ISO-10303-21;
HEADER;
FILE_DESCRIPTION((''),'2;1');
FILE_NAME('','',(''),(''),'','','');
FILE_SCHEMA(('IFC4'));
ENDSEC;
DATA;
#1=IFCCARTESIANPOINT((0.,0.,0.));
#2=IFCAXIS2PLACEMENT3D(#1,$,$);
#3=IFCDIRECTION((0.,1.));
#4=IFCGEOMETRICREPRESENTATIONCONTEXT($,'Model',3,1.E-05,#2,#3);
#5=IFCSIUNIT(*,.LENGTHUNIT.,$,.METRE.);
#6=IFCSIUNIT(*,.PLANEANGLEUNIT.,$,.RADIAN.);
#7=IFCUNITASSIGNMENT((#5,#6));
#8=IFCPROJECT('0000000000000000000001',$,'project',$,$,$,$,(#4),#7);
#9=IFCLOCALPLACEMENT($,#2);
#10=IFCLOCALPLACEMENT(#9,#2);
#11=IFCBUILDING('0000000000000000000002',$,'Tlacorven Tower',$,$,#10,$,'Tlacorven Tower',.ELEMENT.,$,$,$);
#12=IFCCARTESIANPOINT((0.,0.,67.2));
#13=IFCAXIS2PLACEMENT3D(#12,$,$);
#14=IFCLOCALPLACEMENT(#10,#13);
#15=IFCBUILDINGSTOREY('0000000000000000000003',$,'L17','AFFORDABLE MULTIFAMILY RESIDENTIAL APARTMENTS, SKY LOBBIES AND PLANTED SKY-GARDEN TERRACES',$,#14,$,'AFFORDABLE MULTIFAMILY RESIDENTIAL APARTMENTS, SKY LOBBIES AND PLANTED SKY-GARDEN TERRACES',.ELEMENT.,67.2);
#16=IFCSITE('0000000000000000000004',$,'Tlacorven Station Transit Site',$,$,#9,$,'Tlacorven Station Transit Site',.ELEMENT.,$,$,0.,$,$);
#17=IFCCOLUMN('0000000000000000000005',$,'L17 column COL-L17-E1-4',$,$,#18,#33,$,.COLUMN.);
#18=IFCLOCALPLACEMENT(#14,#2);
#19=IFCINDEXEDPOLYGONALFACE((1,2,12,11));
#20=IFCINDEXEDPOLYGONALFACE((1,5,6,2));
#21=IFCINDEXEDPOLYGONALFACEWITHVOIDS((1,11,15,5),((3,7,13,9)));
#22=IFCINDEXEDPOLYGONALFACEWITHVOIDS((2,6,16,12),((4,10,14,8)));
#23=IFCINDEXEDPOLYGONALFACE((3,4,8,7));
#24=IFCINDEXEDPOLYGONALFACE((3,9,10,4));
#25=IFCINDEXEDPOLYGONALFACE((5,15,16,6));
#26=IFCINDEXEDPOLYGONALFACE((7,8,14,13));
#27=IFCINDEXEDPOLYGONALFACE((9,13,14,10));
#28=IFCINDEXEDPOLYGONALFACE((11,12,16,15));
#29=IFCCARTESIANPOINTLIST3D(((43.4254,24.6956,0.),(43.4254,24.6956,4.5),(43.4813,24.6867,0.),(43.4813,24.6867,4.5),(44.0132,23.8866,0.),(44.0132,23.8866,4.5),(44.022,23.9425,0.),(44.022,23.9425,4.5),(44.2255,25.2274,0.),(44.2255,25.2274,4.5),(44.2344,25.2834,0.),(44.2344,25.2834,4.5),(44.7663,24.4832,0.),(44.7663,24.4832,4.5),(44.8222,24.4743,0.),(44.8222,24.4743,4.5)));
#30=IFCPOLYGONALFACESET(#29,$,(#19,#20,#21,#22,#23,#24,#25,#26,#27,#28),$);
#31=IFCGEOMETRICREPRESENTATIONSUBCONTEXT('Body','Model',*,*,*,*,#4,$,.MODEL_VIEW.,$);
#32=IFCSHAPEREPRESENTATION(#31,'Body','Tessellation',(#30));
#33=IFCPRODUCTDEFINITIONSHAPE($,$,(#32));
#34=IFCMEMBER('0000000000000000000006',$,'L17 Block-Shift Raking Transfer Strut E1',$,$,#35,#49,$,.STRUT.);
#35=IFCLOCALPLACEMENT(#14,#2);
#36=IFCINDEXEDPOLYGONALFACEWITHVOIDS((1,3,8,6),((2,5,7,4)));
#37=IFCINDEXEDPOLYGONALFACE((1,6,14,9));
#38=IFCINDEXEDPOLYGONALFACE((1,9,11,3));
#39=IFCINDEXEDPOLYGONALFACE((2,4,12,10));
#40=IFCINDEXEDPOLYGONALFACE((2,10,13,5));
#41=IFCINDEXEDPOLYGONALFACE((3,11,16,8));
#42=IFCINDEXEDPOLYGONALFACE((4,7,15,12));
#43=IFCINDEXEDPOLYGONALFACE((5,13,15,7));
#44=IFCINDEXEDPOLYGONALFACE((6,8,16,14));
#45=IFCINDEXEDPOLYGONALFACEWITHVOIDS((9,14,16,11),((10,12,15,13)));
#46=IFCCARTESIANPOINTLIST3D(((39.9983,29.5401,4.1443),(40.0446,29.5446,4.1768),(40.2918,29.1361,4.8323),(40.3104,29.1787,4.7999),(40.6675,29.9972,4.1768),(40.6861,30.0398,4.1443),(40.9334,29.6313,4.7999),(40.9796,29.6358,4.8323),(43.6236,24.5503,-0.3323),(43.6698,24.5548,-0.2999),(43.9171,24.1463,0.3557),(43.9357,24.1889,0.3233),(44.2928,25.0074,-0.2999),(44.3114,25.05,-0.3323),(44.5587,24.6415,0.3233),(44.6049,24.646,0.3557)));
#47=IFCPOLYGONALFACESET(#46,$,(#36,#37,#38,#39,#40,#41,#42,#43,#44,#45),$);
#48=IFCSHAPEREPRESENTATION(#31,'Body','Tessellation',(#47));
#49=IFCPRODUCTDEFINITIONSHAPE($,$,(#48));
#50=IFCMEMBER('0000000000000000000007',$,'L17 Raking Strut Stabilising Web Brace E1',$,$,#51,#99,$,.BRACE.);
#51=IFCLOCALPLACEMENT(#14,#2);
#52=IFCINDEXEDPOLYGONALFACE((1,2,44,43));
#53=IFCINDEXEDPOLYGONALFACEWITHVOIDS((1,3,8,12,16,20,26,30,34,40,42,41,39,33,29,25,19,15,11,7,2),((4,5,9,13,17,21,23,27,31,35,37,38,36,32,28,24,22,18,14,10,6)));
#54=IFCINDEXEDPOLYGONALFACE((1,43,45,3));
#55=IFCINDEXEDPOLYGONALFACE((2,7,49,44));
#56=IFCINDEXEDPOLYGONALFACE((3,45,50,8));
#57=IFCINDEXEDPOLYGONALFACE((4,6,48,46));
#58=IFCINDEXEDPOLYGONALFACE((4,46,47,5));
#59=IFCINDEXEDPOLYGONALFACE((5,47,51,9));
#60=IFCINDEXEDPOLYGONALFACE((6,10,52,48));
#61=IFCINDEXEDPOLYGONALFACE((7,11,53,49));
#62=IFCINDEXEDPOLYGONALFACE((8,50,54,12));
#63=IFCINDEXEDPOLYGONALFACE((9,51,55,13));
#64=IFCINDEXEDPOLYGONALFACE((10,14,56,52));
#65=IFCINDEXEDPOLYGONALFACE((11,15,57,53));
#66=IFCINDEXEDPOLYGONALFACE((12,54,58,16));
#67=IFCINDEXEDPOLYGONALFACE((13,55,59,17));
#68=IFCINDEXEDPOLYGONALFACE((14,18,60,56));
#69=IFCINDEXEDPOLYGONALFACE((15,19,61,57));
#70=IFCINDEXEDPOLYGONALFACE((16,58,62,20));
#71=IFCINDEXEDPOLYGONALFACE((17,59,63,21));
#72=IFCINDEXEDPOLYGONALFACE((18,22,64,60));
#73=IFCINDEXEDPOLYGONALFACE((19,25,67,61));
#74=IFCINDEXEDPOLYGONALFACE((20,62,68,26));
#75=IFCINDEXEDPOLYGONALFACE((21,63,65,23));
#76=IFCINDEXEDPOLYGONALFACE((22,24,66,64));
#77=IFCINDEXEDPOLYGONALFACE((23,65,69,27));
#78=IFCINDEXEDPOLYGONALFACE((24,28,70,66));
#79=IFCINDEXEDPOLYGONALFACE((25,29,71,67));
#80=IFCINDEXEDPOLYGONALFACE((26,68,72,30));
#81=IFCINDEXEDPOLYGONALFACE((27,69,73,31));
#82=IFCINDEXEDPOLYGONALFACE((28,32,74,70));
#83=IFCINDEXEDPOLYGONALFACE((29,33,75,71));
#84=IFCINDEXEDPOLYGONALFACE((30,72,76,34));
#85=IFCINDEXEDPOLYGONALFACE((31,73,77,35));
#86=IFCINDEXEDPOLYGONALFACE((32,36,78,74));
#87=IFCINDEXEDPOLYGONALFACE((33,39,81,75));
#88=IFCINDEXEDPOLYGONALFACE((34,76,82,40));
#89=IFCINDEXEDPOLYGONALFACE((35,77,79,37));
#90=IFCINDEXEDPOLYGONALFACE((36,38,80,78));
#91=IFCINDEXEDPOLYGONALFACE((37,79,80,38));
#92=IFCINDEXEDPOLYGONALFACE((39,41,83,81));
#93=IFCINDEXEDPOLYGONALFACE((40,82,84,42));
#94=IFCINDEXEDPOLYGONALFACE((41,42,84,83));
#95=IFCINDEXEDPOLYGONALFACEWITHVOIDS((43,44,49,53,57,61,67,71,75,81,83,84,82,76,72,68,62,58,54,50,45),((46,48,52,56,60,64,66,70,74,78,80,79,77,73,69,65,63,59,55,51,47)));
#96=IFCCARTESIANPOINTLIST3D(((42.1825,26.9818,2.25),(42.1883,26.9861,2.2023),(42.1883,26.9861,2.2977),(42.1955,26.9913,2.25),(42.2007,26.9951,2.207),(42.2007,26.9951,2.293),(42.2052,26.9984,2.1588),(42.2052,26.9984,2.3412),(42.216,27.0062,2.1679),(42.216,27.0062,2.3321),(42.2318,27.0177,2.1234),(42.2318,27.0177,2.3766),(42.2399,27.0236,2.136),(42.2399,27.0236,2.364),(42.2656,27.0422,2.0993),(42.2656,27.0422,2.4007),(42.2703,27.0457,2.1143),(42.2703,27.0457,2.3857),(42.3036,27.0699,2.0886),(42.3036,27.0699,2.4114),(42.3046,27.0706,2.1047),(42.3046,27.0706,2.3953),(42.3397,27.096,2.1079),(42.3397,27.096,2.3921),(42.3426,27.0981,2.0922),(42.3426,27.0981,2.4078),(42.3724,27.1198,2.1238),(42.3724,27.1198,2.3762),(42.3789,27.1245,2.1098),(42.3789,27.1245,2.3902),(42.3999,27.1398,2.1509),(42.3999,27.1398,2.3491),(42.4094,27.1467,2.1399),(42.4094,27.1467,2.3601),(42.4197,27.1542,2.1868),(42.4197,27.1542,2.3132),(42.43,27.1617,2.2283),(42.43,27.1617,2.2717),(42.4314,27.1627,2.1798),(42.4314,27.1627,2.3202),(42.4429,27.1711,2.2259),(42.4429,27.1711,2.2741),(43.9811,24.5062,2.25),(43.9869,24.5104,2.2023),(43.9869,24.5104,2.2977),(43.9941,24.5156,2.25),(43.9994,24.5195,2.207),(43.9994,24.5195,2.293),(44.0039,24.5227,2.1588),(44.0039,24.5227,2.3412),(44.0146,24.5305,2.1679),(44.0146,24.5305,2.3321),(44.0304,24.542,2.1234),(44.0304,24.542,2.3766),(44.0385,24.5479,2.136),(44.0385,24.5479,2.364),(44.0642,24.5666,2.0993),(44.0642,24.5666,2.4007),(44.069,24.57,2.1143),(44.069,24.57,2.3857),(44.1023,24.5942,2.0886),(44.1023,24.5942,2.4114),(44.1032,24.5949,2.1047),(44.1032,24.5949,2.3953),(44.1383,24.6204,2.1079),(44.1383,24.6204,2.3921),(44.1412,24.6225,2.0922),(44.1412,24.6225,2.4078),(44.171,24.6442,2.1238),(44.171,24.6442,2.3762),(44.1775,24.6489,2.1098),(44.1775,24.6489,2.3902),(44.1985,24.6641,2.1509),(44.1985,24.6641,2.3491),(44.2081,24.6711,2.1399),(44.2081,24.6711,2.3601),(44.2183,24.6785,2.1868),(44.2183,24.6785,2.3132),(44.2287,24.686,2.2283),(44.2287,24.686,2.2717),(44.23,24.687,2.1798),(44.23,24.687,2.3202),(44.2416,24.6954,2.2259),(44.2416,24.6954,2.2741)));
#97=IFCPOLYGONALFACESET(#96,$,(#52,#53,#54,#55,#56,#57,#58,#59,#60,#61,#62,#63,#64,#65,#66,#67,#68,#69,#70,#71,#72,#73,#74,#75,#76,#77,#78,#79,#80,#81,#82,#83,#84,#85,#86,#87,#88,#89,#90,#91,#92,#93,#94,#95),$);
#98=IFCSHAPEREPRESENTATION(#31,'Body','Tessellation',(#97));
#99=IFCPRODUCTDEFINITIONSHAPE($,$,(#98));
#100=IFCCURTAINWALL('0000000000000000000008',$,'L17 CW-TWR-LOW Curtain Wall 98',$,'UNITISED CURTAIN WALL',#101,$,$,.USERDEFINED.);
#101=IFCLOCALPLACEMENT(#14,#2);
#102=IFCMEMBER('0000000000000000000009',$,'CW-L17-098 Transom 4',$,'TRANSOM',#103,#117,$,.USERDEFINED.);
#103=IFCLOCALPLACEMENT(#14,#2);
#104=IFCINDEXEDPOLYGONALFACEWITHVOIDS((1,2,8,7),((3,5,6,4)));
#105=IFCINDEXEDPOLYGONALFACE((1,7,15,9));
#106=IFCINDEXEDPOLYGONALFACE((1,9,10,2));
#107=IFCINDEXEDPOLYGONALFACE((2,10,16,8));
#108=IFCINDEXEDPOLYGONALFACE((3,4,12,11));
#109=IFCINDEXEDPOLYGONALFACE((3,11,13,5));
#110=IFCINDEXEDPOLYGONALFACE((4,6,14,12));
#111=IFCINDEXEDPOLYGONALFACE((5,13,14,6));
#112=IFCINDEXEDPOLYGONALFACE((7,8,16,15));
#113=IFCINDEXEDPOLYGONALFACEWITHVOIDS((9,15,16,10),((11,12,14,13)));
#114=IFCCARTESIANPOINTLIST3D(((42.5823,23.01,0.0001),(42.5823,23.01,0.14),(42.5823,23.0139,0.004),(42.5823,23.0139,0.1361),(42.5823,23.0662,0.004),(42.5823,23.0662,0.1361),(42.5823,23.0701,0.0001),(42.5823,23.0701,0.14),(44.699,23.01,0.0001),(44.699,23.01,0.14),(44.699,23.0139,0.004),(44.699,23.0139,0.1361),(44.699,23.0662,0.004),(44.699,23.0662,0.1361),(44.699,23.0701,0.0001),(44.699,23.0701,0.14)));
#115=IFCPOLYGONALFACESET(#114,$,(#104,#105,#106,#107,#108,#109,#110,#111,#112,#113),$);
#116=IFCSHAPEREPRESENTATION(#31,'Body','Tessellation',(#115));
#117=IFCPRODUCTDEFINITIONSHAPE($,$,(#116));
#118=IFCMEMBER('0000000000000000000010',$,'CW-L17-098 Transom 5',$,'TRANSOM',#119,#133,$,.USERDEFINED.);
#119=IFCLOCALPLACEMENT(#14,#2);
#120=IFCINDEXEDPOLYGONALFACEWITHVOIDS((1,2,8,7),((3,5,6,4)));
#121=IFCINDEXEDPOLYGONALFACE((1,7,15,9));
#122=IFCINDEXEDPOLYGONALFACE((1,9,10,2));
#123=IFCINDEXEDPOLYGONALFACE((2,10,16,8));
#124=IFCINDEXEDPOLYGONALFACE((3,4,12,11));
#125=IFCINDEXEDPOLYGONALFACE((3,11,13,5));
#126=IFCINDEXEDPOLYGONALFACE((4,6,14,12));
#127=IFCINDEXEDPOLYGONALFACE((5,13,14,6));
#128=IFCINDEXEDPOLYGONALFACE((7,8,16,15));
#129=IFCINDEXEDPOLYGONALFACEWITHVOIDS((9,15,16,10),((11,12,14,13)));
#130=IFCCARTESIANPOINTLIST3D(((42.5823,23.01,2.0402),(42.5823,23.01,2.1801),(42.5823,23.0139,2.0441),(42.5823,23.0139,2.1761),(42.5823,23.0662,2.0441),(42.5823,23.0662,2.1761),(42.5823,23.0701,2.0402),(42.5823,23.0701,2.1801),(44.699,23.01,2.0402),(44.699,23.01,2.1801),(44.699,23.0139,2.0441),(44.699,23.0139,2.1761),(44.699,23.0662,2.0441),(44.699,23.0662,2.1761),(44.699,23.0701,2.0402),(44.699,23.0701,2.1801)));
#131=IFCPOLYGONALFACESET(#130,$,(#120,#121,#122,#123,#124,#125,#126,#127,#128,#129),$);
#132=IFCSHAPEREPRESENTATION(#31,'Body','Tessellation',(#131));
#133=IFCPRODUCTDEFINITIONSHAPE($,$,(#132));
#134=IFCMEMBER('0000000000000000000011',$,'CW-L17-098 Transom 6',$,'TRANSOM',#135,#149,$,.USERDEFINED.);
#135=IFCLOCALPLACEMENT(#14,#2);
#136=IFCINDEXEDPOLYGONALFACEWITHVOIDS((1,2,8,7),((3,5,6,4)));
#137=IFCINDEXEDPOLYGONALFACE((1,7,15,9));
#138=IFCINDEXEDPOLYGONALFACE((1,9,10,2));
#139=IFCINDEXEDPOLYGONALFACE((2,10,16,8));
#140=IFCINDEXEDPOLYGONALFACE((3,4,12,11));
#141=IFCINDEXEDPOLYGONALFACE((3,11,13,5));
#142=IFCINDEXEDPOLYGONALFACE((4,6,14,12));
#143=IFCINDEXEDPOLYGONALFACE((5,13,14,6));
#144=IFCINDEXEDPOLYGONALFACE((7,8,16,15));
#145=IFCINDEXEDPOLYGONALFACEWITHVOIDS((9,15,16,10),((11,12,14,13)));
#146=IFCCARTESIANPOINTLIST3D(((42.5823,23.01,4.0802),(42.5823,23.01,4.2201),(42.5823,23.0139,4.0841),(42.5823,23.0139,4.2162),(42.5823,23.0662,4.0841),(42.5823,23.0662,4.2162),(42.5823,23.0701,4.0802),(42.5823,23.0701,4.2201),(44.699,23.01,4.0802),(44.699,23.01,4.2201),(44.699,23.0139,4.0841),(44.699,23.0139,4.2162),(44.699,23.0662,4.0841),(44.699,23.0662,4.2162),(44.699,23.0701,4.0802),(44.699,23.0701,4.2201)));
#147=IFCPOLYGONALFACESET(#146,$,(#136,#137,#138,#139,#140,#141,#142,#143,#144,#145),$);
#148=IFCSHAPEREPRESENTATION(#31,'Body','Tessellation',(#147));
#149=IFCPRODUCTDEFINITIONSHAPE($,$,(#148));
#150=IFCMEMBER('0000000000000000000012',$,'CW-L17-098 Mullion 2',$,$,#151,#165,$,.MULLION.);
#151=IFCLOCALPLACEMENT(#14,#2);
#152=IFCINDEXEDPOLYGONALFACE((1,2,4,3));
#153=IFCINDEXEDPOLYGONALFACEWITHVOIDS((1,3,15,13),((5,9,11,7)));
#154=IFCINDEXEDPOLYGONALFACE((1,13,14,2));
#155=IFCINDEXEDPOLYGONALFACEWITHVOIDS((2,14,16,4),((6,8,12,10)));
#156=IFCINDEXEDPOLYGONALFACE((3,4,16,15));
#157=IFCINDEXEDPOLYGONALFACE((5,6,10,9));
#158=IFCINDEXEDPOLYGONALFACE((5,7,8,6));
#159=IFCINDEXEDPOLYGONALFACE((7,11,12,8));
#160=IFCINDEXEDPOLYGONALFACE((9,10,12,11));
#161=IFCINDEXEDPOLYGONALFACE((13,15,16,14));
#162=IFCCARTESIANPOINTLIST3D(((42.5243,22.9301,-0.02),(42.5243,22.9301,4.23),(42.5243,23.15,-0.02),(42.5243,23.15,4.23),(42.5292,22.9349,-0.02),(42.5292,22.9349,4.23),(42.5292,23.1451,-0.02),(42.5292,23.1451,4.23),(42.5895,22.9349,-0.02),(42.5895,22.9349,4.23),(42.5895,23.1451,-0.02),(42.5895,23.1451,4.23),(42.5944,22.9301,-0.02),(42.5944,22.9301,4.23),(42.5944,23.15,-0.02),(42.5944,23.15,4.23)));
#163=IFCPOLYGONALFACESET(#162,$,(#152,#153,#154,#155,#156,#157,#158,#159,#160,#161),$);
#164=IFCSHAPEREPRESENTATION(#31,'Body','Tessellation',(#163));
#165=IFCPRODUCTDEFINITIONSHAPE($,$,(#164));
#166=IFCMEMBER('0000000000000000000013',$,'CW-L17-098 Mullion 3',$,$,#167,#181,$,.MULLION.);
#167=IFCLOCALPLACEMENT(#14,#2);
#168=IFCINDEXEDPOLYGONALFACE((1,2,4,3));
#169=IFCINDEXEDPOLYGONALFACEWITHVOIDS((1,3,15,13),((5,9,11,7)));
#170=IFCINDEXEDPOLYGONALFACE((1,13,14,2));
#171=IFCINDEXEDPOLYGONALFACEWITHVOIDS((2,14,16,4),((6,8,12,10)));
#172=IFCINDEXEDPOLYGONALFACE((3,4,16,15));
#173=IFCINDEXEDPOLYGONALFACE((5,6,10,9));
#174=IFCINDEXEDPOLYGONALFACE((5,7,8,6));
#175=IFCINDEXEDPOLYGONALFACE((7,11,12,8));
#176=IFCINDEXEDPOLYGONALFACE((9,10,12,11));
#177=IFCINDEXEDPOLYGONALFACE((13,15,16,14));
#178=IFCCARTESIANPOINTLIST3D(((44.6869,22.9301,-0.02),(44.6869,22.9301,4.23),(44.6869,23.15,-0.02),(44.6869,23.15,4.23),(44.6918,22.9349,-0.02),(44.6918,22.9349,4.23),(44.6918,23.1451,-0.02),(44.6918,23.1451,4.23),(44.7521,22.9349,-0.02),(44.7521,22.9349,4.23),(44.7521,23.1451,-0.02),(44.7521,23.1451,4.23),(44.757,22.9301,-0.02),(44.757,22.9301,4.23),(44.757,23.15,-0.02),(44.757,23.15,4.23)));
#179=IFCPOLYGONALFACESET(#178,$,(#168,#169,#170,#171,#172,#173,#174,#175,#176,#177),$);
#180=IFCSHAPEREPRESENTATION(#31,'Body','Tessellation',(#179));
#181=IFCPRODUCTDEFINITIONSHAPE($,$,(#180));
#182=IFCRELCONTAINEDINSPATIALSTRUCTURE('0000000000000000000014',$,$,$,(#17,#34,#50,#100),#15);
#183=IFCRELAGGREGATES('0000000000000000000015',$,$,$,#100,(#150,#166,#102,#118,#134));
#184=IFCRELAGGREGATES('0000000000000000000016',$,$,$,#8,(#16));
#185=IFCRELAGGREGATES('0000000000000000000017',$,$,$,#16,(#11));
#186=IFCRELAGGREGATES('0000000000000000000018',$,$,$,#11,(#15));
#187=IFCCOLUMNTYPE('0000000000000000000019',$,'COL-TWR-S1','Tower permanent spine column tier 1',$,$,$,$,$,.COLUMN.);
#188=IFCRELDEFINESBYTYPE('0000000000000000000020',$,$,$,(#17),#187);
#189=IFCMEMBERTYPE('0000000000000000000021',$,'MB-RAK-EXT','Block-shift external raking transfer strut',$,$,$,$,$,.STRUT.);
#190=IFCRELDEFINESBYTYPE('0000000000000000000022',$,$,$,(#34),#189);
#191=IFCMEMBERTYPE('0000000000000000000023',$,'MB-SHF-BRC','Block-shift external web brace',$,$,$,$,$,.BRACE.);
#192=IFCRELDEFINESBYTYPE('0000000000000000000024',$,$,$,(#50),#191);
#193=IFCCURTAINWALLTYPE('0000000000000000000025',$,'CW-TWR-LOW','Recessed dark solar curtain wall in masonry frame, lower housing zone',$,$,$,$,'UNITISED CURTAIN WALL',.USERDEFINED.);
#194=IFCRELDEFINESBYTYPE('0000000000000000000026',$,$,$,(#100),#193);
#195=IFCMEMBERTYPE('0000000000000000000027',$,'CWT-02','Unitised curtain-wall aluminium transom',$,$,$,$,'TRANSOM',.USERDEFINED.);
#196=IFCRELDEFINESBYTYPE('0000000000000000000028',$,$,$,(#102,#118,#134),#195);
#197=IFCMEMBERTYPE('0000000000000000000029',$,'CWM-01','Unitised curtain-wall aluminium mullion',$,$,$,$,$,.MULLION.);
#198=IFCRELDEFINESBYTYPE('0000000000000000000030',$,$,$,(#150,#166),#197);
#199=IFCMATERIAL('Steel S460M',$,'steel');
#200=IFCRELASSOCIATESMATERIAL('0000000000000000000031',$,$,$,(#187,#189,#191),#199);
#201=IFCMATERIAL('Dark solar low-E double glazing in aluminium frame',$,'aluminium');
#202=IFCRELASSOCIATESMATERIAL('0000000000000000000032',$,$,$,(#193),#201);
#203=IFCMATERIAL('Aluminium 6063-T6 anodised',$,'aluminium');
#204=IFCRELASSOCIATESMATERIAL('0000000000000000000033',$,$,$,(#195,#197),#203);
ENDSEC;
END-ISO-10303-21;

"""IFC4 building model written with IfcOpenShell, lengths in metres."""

from ifc_helpers import new_model, si_unit, direction, frame, origin, origin_2d, place, context, subcontext, project, spatial, hollow_rectangle, hollow_circle, extrude, source, transform, mapped, material, material_profile, profile_set, type_object, element, aggregate, save


model = new_model("IFC4")

# Units and contexts
model_context = context("Model", 3, precision=1e-05, world=origin(), true_north=direction((0.0, 1.0)))
body_context = subcontext(model_context, "Body", "Model", "MODEL_VIEW")
ifc_project = project(units=[si_unit("LENGTHUNIT", "METRE"), si_unit("PLANEANGLEUNIT", "RADIAN")], contexts=[model_context])

# Site, building, storey
site_placement = place(None, origin())
site = spatial("IfcSite", under=ifc_project, at=site_placement, Name="Tlacorven Station Transit Site", LongName="Tlacorven Station Transit Site", CompositionType="ELEMENT", RefElevation=0.0)
building_placement = place(site_placement, origin())
building = spatial("IfcBuilding", under=site, at=building_placement, Name="Tlacorven Tower", LongName="Tlacorven Tower", CompositionType="ELEMENT")
storey_placement = place(building_placement, frame((0.0, 0.0, 67.2)))
storey = spatial("IfcBuildingStorey", under=building, at=storey_placement, Name="L17", Description="AFFORDABLE MULTIFAMILY RESIDENTIAL APARTMENTS, SKY LOBBIES AND PLANTED SKY-GARDEN TERRACES", LongName="AFFORDABLE MULTIFAMILY RESIDENTIAL APARTMENTS, SKY LOBBIES AND PLANTED SKY-GARDEN TERRACES", CompositionType="ELEMENT", Elevation=67.2)

# Column
ifc_material_1 = material(Name="Steel S460M", Category="steel")
ifc_material_profile_1 = material_profile(ifc_material_1, hollow_rectangle(XDim=1.0, YDim=1.0, WallThickness=0.04, at=origin_2d()), Name="BOX 1000X1000X40")
ifc_profile_set_1 = profile_set([ifc_material_profile_1], Name="Steel S460M")
column_type = type_object("IfcColumnType", Name="COL-TWR-S1", Description="Tower permanent spine column tier 1", PredefinedType="COLUMN", material=ifc_profile_set_1)
shared_shape_1 = source(origin(), body_context, "Body", "SweptSolid", [
    extrude(hollow_rectangle(XDim=1.0, YDim=1.0, WallThickness=0.04, at=origin_2d()), origin(), (0.0, 0.0, 1.0), 4.5),
])
column_placement = place(storey_placement, frame((44.1238, 24.585, 0.0), z_axis=(0.0, 0.0, 1.0), x_axis=(0.809017, 0.587785, 0.0)))
element("IfcColumn", 1, at=column_placement, inside=storey, type_object=column_type, Name="L17 column COL-L17-E1-4", PredefinedType="COLUMN", context=body_context, shape_type="MappedRepresentation", body=[
    mapped(shared_shape_1, transform((0.0, 0.0, 0.0), scale=1.0)),
])

# Members
ifc_material_profile_2 = material_profile(ifc_material_1, hollow_rectangle(XDim=0.8501, YDim=0.8501, WallThickness=0.04, at=origin_2d()), Name="BOX 850X850X40")
ifc_profile_set_2 = profile_set([ifc_material_profile_2], Name="Steel S460M")
member_type_1 = type_object("IfcMemberType", Name="MB-RAK-EXT", Description="Block-shift external raking transfer strut", PredefinedType="STRUT", material=ifc_profile_set_2)
shared_shape_2 = source(origin(), body_context, "Body", "SweptSolid", [
    extrude(hollow_rectangle(XDim=0.8501, YDim=0.8501, WallThickness=0.04, at=origin_2d()), origin(), (0.0, 0.0, 1.0), 7.6211),
])
member_1_placement = place(storey_placement, frame((44.1143, 24.5981, 0.0117), z_axis=(-0.475692, 0.654737, 0.587399), x_axis=(-0.809018, -0.587783, 0.0)))
element("IfcMember", 2, at=member_1_placement, inside=storey, type_object=member_type_1, Name="L17 Block-Shift Raking Transfer Strut E1", PredefinedType="STRUT", context=body_context, shape_type="MappedRepresentation", body=[
    mapped(shared_shape_2, transform((0.0, 0.0, 0.0), scale=1.0)),
])
ifc_material_profile_3 = material_profile(ifc_material_1, hollow_circle(Radius=0.1619, WallThickness=0.0161, at=origin_2d()), Name="CHS 323.9X16")
ifc_profile_set_3 = profile_set([ifc_material_profile_3], Name="Steel S460M")
member_type_2 = type_object("IfcMemberType", Name="MB-SHF-BRC", Description="Block-shift external web brace", PredefinedType="BRACE", material=ifc_profile_set_3)
shared_shape_3 = source(origin(), body_context, "Body", "SweptSolid", [
    extrude(hollow_circle(Radius=0.1619, WallThickness=0.0161, at=origin_2d()), origin(), (0.0, 0.0, 1.0), 3.0601),
])
member_2_placement = place(storey_placement, frame((44.1121, 24.6013, 2.25), z_axis=(-0.587778, 0.809022, 0.0), x_axis=(-0.809022, -0.587778, 0.0)))
element("IfcMember", 3, at=member_2_placement, inside=storey, type_object=member_type_2, Name="L17 Raking Strut Stabilising Web Brace E1", PredefinedType="BRACE", context=body_context, shape_type="MappedRepresentation", body=[
    mapped(shared_shape_3, transform((0.0, 0.0, 0.0), scale=1.0)),
])

# Curtain wall, members
ifc_material_2 = material(Name="Dark solar low-E double glazing in aluminium frame", Category="aluminium")
curtain_wall_type = type_object("IfcCurtainWallType", Name="CW-TWR-LOW", Description="Recessed dark solar curtain wall in masonry frame, lower housing zone", ElementType="UNITISED CURTAIN WALL", PredefinedType="USERDEFINED", material=ifc_material_2)
curtain_wall_placement = place(storey_placement, origin())
curtain_wall = element("IfcCurtainWall", 4, at=curtain_wall_placement, inside=storey, type_object=curtain_wall_type, Name="L17 CW-TWR-LOW Curtain Wall 98", ObjectType="UNITISED CURTAIN WALL", PredefinedType="USERDEFINED")
ifc_material_3 = material(Name="Aluminium 6063-T6 anodised", Category="aluminium")
ifc_material_profile_4 = material_profile(ifc_material_3, hollow_rectangle(XDim=0.0601, YDim=0.1399, WallThickness=0.0039, at=origin_2d()), Name="ALU TRANSOM 60X140")
ifc_profile_set_4 = profile_set([ifc_material_profile_4], Name="Aluminium 6063-T6 anodised")
member_type_3 = type_object("IfcMemberType", Name="CWT-02", Description="Unitised curtain-wall aluminium transom", ElementType="TRANSOM", PredefinedType="USERDEFINED", material=ifc_profile_set_4)
shared_shape_4 = source(origin(), body_context, "Body", "SweptSolid", [
    extrude(hollow_rectangle(XDim=0.0601, YDim=0.1399, WallThickness=0.0039, at=origin_2d()), origin(), (0.0, 0.0, 1.0), 2.1167),
])
member_3_placement = place(storey_placement, frame((42.5823, 23.04, 0.0701), z_axis=(1.0, 0.0, 0.0), x_axis=(0.0, 1.0, 0.0)))
member_3 = element("IfcMember", 5, at=member_3_placement, type_object=member_type_3, Name="CW-L17-098 Transom 4", ObjectType="TRANSOM", PredefinedType="USERDEFINED", context=body_context, shape_type="MappedRepresentation", body=[
    mapped(shared_shape_4, transform((0.0, 0.0, 0.0), scale=1.0)),
])
member_4_placement = place(storey_placement, frame((42.5823, 23.04, 2.1101), z_axis=(1.0, 0.0, 0.0), x_axis=(0.0, 1.0, 0.0)))
member_4 = element("IfcMember", 6, at=member_4_placement, type_object=member_type_3, Name="CW-L17-098 Transom 5", ObjectType="TRANSOM", PredefinedType="USERDEFINED", context=body_context, shape_type="MappedRepresentation", body=[
    mapped(shared_shape_4, transform((0.0, 0.0, 0.0), scale=1.0)),
])
member_5_placement = place(storey_placement, frame((42.5823, 23.04, 4.1501), z_axis=(1.0, 0.0, 0.0), x_axis=(0.0, 1.0, 0.0)))
member_5 = element("IfcMember", 7, at=member_5_placement, type_object=member_type_3, Name="CW-L17-098 Transom 6", ObjectType="TRANSOM", PredefinedType="USERDEFINED", context=body_context, shape_type="MappedRepresentation", body=[
    mapped(shared_shape_4, transform((0.0, 0.0, 0.0), scale=1.0)),
])
ifc_material_profile_5 = material_profile(ifc_material_3, hollow_rectangle(XDim=0.0701, YDim=0.22, WallThickness=0.0049, at=origin_2d()), Name="ALU MULLION 70X220")
ifc_profile_set_5 = profile_set([ifc_material_profile_5], Name="Aluminium 6063-T6 anodised")
member_type_4 = type_object("IfcMemberType", Name="CWM-01", Description="Unitised curtain-wall aluminium mullion", PredefinedType="MULLION", material=ifc_profile_set_5)
shared_shape_5 = source(origin(), body_context, "Body", "SweptSolid", [
    extrude(hollow_rectangle(XDim=0.0701, YDim=0.22, WallThickness=0.0049, at=origin_2d()), origin(), (0.0, 0.0, 1.0), 4.25),
])
member_6_placement = place(storey_placement, frame((42.5593, 23.04, -0.02), z_axis=(0.0, 0.0, 1.0), x_axis=(1.0, 0.0, 0.0)))
member_6 = element("IfcMember", 8, at=member_6_placement, type_object=member_type_4, Name="CW-L17-098 Mullion 2", PredefinedType="MULLION", context=body_context, shape_type="MappedRepresentation", body=[
    mapped(shared_shape_5, transform((0.0, 0.0, 0.0), scale=1.0)),
])
member_7_placement = place(storey_placement, frame((44.7219, 23.04, -0.02), z_axis=(0.0, 0.0, 1.0), x_axis=(1.0, 0.0, 0.0)))
member_7 = element("IfcMember", 9, at=member_7_placement, type_object=member_type_4, Name="CW-L17-098 Mullion 3", PredefinedType="MULLION", context=body_context, shape_type="MappedRepresentation", body=[
    mapped(shared_shape_5, transform((0.0, 0.0, 0.0), scale=1.0)),
])

aggregate(curtain_wall, [member_6, member_7, member_3, member_4, member_5])

save(model, "model.ifc")
